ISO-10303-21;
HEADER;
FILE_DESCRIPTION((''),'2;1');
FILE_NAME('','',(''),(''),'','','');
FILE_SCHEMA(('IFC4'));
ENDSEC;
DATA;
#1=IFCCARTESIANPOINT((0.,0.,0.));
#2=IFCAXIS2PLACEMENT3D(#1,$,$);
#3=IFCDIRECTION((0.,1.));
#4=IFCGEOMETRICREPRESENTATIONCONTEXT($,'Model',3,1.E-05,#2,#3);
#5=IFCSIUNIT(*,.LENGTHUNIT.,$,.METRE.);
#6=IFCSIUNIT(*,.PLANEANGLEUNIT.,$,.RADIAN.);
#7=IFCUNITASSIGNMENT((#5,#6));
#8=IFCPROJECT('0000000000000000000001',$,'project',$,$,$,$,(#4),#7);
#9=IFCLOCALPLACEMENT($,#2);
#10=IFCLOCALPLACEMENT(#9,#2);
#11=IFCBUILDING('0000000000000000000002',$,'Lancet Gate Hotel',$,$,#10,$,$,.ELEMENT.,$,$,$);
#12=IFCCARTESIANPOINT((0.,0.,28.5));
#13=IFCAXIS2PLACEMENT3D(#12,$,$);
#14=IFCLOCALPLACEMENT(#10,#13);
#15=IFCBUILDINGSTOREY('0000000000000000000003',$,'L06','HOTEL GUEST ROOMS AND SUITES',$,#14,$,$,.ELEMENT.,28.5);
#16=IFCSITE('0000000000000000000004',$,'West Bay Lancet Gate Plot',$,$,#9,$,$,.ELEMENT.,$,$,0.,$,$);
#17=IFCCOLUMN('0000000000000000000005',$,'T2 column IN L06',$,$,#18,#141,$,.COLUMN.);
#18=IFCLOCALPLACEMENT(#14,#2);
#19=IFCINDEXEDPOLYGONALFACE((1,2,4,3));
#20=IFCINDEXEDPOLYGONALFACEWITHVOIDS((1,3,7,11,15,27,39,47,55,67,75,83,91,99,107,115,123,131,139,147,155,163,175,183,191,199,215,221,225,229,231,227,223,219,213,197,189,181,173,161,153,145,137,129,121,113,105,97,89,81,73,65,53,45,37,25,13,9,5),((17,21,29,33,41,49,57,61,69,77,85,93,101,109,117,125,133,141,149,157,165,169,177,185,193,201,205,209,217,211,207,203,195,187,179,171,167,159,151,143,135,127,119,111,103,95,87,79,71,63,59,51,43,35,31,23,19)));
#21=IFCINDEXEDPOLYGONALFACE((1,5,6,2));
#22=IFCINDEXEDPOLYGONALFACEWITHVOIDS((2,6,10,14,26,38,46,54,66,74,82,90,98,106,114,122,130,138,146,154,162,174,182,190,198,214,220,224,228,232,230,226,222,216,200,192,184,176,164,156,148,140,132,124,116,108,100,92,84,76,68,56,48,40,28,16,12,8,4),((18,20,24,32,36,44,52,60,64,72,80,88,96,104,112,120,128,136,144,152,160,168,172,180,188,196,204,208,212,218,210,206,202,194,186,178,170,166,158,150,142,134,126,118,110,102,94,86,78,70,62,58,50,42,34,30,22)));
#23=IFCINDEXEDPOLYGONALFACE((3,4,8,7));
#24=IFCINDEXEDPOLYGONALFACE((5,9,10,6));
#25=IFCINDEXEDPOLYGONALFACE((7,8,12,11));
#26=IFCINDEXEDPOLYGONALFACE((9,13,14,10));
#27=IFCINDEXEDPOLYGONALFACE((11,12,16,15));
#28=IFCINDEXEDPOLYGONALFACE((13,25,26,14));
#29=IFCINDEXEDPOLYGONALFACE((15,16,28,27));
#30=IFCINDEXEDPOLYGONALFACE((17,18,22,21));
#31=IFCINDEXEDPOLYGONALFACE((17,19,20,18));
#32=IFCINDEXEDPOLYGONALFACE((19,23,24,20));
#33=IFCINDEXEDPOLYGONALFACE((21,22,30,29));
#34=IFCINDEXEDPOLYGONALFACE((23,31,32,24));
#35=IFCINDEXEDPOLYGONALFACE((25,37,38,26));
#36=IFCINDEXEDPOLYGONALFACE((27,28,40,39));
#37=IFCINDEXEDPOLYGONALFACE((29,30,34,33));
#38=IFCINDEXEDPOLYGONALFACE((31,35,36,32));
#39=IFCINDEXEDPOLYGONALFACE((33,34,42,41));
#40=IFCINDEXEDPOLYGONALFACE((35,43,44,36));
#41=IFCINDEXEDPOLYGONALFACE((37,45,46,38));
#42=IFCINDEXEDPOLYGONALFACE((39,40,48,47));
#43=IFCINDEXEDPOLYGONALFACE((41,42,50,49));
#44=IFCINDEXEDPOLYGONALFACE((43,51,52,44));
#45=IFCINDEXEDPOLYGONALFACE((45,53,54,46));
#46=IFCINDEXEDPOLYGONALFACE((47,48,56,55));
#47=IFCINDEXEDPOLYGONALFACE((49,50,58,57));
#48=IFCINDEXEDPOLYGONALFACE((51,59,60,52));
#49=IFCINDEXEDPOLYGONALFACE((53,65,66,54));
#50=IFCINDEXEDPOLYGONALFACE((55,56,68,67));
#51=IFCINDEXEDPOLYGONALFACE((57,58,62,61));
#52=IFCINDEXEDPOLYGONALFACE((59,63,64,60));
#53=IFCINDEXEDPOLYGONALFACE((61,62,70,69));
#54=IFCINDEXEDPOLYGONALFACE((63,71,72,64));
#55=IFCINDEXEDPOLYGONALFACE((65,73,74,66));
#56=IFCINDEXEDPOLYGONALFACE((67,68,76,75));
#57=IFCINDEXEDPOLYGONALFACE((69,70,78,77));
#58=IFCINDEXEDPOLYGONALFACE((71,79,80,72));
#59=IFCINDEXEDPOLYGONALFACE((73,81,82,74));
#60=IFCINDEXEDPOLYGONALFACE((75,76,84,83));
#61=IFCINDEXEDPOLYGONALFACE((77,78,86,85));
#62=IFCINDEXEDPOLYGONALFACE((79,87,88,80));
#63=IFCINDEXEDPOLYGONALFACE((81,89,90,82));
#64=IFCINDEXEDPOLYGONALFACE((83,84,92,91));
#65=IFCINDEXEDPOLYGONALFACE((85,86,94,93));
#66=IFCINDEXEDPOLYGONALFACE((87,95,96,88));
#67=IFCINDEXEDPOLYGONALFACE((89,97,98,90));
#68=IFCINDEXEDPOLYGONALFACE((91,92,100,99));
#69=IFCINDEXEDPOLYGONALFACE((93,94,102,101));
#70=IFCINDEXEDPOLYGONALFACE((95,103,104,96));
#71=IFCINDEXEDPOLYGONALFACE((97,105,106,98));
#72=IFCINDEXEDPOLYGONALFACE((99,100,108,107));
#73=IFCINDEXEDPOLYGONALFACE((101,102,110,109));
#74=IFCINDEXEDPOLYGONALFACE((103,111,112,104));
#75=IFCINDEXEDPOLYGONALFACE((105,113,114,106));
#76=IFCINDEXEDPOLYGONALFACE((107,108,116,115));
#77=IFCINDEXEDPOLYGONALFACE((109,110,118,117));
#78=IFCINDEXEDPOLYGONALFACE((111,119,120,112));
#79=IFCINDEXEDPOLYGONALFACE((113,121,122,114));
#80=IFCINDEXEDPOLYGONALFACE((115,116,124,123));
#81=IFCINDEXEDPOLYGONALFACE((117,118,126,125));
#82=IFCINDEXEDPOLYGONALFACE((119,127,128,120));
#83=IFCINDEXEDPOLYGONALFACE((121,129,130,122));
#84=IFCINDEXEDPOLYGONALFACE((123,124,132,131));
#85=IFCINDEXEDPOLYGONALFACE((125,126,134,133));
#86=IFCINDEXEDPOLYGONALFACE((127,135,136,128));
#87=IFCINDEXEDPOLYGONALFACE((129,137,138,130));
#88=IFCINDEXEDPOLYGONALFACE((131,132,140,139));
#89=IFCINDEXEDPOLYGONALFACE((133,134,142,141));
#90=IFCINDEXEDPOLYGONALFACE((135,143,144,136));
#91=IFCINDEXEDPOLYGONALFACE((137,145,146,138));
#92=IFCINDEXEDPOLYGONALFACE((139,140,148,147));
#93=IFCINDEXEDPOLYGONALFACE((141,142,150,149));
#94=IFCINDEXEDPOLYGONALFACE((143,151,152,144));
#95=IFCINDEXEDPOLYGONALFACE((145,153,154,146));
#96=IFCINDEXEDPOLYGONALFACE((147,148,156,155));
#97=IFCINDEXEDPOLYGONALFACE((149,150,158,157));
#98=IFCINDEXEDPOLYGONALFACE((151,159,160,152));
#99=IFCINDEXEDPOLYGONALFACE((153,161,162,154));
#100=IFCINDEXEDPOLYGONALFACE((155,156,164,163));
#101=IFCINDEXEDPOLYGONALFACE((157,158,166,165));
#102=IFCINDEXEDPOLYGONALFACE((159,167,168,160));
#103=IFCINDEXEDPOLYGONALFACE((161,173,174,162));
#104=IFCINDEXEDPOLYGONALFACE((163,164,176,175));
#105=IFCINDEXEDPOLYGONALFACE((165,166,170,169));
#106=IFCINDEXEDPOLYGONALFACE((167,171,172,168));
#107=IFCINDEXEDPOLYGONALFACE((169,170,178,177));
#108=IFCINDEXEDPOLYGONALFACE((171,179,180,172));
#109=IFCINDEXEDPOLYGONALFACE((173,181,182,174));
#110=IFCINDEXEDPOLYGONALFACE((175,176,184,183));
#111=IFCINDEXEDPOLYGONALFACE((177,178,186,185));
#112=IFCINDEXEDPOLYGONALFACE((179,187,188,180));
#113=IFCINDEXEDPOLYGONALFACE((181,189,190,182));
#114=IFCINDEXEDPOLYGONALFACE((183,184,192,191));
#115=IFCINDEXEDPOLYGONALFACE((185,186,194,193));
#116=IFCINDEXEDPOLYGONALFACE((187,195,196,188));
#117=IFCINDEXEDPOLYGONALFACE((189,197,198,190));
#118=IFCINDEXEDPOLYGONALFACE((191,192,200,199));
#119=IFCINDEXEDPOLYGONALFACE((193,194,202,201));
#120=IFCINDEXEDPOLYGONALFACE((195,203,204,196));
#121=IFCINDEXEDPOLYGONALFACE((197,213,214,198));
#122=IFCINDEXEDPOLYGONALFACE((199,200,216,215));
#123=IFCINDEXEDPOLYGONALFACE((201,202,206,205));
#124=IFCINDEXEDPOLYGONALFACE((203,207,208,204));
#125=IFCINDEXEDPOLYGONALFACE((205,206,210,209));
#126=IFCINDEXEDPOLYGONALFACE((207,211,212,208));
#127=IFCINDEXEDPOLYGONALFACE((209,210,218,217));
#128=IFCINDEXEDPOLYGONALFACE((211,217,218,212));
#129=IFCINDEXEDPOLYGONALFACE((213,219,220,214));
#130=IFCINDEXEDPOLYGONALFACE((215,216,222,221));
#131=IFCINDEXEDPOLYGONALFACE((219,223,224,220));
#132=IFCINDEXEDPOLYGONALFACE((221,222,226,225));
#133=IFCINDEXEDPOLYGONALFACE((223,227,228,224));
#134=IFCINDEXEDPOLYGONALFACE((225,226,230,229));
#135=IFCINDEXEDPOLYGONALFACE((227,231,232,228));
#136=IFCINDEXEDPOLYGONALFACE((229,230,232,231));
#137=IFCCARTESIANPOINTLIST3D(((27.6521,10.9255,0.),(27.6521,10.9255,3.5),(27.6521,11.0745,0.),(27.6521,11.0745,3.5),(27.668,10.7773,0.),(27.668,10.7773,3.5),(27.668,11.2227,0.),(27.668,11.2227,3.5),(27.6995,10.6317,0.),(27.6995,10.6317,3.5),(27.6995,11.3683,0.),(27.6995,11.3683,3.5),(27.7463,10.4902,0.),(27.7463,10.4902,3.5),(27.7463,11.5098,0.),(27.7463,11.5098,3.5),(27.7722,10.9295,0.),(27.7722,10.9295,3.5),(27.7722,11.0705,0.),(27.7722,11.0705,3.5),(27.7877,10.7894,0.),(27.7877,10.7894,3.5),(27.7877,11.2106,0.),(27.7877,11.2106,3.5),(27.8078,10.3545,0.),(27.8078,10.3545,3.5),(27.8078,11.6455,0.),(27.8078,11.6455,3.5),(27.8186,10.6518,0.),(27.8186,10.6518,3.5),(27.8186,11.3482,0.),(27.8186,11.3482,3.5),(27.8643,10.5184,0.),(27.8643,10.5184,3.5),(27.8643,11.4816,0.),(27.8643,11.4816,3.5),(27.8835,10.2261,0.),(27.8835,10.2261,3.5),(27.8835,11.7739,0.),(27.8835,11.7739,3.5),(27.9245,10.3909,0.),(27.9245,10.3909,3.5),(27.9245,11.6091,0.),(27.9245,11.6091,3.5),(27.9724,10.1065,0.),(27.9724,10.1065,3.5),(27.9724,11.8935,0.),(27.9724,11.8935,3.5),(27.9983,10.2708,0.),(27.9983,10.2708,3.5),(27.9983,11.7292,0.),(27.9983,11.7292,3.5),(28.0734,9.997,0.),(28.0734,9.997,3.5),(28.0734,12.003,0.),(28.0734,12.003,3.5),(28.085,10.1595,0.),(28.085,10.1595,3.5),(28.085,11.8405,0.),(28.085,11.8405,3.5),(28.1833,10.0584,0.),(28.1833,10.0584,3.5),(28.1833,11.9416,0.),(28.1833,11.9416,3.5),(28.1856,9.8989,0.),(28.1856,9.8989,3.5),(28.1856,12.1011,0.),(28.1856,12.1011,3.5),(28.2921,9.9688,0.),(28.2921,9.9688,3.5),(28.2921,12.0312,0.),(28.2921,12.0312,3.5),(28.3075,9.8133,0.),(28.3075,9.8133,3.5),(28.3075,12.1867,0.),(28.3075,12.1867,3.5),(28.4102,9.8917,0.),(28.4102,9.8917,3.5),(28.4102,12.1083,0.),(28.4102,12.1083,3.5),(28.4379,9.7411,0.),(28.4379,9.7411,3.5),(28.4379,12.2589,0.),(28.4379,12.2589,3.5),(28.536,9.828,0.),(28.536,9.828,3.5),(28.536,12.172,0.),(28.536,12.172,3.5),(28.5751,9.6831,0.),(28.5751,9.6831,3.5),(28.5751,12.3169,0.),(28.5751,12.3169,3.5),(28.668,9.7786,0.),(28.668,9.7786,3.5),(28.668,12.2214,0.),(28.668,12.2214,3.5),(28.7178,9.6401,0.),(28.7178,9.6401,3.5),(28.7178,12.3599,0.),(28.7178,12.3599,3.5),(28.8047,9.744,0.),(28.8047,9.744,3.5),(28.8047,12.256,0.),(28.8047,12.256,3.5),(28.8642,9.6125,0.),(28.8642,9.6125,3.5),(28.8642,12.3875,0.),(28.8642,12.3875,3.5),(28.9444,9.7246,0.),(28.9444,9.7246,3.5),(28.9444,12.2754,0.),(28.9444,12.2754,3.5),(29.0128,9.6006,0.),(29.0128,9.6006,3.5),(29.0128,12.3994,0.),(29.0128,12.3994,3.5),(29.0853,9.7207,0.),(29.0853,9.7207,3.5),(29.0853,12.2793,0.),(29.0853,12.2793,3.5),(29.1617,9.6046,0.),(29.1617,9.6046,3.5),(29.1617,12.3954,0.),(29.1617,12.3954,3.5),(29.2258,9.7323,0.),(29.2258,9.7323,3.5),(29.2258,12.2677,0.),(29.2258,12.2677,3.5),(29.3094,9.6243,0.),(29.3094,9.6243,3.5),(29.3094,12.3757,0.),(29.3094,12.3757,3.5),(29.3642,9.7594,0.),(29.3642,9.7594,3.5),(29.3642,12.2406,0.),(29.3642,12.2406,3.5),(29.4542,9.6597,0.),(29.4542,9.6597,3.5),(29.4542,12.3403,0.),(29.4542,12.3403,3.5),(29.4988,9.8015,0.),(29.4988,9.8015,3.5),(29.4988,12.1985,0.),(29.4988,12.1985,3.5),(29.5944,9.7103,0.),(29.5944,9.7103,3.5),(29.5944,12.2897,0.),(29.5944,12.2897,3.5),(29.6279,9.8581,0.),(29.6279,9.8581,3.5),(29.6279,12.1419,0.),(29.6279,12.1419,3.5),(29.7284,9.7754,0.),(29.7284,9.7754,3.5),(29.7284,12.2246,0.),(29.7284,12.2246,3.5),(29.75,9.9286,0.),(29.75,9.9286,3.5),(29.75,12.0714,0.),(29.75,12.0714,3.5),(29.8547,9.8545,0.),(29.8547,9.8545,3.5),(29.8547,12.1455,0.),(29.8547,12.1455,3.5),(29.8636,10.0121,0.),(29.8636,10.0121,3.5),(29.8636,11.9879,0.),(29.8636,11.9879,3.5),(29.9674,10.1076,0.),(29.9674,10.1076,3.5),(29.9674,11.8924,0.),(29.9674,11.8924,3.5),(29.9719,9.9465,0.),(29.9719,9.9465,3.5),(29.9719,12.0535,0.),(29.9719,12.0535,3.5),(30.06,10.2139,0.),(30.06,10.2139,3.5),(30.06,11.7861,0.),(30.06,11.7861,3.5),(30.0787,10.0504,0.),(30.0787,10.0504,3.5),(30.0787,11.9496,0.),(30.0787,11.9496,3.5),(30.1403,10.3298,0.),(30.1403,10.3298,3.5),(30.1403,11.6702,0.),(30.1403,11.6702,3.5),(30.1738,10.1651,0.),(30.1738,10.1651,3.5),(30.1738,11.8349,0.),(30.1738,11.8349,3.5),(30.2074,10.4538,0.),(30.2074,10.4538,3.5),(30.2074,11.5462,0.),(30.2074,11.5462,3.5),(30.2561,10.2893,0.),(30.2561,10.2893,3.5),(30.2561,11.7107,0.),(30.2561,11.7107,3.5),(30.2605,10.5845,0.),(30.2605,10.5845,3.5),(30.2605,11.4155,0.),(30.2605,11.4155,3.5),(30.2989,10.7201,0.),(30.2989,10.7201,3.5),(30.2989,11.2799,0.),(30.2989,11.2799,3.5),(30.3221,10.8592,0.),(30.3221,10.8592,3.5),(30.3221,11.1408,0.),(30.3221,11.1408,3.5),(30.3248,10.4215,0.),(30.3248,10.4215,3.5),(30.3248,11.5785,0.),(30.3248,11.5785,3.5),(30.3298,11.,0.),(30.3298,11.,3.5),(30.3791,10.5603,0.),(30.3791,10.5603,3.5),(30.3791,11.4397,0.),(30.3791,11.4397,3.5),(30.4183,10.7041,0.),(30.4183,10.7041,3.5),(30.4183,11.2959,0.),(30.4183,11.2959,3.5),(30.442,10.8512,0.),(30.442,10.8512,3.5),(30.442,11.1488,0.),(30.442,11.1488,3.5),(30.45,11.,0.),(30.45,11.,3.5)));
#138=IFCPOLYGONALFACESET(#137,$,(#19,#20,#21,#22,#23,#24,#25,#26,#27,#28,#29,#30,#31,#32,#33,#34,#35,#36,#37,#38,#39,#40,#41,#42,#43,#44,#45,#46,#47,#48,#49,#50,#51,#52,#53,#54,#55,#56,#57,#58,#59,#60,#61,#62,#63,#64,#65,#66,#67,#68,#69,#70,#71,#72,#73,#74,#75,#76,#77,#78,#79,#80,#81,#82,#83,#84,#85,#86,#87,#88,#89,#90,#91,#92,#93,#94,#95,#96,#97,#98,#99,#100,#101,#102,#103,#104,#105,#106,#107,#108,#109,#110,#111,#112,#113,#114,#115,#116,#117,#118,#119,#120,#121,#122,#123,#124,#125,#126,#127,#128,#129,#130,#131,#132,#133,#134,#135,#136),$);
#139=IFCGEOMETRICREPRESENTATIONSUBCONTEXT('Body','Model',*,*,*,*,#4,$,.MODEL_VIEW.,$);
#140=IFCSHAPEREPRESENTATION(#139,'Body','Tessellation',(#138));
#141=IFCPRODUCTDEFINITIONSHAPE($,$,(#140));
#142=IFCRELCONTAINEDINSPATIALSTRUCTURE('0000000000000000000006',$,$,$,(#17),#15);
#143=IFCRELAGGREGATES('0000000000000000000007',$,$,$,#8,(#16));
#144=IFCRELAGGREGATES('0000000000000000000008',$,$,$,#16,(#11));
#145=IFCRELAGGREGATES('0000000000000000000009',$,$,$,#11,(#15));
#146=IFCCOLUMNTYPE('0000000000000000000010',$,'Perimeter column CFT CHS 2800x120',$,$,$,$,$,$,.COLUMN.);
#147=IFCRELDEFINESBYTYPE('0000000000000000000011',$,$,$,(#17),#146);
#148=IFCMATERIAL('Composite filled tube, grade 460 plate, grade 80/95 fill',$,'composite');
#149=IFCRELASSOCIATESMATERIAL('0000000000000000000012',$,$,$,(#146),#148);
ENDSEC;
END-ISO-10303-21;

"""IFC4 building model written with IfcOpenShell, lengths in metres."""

from ifc_helpers import new_model, si_unit, direction, frame, origin, origin_2d, place, context, subcontext, project, spatial, hollow_circle, extrude, material, material_profile, profile_set, type_object, element, save


model = new_model("IFC4")

# Units and contexts
model_context = context("Model", 3, precision=1e-05, world=origin(), true_north=direction((0.0, 1.0)))
body_context = subcontext(model_context, "Body", "Model", "MODEL_VIEW")
ifc_project = project(units=[si_unit("LENGTHUNIT", "METRE"), si_unit("PLANEANGLEUNIT", "RADIAN")], contexts=[model_context])

# Site, building, storey
site_placement = place(None, origin())
site = spatial("IfcSite", under=ifc_project, at=site_placement, Name="West Bay Lancet Gate Plot", CompositionType="ELEMENT", RefElevation=0.0)
building_placement = place(site_placement, origin())
building = spatial("IfcBuilding", under=site, at=building_placement, Name="Lancet Gate Hotel", CompositionType="ELEMENT")
storey_placement = place(building_placement, frame((0.0, 0.0, 28.5)))
storey = spatial("IfcBuildingStorey", under=building, at=storey_placement, Name="L06", Description="HOTEL GUEST ROOMS AND SUITES", CompositionType="ELEMENT", Elevation=28.5)

# Column
ifc_material_1 = material(Name="Composite filled tube, grade 460 plate, grade 80/95 fill", Category="composite")
ifc_material_profile_1 = material_profile(ifc_material_1, hollow_circle(Radius=1.3999, WallThickness=0.1201, at=origin_2d()), Name="CHS 2800x120")
ifc_profile_set_1 = profile_set([ifc_material_profile_1], Name="Composite filled tube, grade 460 plate, grade 80/95 fill")
column_type = type_object("IfcColumnType", Name="Perimeter column CFT CHS 2800x120", PredefinedType="COLUMN", material=ifc_profile_set_1)
for number, where, z_axis, x_axis, name in (
    (1, (29.05, 11.0, 0.0), (0.0, 0.0, 1.0), (1.0, 0.0, 0.0), "T2 column IN L06"),
):
    element("IfcColumn", number, at=place(storey_placement, frame(where, z_axis=z_axis, x_axis=x_axis)), inside=storey, type_object=column_type, Name=name, PredefinedType="COLUMN", context=body_context, shape_type="SweptSolid", body=[
        extrude(hollow_circle(Radius=1.3999, WallThickness=0.1201, at=origin_2d()), origin(), (0.0, 0.0, 1.0), 3.5),
    ])

save(model, "model.ifc")
